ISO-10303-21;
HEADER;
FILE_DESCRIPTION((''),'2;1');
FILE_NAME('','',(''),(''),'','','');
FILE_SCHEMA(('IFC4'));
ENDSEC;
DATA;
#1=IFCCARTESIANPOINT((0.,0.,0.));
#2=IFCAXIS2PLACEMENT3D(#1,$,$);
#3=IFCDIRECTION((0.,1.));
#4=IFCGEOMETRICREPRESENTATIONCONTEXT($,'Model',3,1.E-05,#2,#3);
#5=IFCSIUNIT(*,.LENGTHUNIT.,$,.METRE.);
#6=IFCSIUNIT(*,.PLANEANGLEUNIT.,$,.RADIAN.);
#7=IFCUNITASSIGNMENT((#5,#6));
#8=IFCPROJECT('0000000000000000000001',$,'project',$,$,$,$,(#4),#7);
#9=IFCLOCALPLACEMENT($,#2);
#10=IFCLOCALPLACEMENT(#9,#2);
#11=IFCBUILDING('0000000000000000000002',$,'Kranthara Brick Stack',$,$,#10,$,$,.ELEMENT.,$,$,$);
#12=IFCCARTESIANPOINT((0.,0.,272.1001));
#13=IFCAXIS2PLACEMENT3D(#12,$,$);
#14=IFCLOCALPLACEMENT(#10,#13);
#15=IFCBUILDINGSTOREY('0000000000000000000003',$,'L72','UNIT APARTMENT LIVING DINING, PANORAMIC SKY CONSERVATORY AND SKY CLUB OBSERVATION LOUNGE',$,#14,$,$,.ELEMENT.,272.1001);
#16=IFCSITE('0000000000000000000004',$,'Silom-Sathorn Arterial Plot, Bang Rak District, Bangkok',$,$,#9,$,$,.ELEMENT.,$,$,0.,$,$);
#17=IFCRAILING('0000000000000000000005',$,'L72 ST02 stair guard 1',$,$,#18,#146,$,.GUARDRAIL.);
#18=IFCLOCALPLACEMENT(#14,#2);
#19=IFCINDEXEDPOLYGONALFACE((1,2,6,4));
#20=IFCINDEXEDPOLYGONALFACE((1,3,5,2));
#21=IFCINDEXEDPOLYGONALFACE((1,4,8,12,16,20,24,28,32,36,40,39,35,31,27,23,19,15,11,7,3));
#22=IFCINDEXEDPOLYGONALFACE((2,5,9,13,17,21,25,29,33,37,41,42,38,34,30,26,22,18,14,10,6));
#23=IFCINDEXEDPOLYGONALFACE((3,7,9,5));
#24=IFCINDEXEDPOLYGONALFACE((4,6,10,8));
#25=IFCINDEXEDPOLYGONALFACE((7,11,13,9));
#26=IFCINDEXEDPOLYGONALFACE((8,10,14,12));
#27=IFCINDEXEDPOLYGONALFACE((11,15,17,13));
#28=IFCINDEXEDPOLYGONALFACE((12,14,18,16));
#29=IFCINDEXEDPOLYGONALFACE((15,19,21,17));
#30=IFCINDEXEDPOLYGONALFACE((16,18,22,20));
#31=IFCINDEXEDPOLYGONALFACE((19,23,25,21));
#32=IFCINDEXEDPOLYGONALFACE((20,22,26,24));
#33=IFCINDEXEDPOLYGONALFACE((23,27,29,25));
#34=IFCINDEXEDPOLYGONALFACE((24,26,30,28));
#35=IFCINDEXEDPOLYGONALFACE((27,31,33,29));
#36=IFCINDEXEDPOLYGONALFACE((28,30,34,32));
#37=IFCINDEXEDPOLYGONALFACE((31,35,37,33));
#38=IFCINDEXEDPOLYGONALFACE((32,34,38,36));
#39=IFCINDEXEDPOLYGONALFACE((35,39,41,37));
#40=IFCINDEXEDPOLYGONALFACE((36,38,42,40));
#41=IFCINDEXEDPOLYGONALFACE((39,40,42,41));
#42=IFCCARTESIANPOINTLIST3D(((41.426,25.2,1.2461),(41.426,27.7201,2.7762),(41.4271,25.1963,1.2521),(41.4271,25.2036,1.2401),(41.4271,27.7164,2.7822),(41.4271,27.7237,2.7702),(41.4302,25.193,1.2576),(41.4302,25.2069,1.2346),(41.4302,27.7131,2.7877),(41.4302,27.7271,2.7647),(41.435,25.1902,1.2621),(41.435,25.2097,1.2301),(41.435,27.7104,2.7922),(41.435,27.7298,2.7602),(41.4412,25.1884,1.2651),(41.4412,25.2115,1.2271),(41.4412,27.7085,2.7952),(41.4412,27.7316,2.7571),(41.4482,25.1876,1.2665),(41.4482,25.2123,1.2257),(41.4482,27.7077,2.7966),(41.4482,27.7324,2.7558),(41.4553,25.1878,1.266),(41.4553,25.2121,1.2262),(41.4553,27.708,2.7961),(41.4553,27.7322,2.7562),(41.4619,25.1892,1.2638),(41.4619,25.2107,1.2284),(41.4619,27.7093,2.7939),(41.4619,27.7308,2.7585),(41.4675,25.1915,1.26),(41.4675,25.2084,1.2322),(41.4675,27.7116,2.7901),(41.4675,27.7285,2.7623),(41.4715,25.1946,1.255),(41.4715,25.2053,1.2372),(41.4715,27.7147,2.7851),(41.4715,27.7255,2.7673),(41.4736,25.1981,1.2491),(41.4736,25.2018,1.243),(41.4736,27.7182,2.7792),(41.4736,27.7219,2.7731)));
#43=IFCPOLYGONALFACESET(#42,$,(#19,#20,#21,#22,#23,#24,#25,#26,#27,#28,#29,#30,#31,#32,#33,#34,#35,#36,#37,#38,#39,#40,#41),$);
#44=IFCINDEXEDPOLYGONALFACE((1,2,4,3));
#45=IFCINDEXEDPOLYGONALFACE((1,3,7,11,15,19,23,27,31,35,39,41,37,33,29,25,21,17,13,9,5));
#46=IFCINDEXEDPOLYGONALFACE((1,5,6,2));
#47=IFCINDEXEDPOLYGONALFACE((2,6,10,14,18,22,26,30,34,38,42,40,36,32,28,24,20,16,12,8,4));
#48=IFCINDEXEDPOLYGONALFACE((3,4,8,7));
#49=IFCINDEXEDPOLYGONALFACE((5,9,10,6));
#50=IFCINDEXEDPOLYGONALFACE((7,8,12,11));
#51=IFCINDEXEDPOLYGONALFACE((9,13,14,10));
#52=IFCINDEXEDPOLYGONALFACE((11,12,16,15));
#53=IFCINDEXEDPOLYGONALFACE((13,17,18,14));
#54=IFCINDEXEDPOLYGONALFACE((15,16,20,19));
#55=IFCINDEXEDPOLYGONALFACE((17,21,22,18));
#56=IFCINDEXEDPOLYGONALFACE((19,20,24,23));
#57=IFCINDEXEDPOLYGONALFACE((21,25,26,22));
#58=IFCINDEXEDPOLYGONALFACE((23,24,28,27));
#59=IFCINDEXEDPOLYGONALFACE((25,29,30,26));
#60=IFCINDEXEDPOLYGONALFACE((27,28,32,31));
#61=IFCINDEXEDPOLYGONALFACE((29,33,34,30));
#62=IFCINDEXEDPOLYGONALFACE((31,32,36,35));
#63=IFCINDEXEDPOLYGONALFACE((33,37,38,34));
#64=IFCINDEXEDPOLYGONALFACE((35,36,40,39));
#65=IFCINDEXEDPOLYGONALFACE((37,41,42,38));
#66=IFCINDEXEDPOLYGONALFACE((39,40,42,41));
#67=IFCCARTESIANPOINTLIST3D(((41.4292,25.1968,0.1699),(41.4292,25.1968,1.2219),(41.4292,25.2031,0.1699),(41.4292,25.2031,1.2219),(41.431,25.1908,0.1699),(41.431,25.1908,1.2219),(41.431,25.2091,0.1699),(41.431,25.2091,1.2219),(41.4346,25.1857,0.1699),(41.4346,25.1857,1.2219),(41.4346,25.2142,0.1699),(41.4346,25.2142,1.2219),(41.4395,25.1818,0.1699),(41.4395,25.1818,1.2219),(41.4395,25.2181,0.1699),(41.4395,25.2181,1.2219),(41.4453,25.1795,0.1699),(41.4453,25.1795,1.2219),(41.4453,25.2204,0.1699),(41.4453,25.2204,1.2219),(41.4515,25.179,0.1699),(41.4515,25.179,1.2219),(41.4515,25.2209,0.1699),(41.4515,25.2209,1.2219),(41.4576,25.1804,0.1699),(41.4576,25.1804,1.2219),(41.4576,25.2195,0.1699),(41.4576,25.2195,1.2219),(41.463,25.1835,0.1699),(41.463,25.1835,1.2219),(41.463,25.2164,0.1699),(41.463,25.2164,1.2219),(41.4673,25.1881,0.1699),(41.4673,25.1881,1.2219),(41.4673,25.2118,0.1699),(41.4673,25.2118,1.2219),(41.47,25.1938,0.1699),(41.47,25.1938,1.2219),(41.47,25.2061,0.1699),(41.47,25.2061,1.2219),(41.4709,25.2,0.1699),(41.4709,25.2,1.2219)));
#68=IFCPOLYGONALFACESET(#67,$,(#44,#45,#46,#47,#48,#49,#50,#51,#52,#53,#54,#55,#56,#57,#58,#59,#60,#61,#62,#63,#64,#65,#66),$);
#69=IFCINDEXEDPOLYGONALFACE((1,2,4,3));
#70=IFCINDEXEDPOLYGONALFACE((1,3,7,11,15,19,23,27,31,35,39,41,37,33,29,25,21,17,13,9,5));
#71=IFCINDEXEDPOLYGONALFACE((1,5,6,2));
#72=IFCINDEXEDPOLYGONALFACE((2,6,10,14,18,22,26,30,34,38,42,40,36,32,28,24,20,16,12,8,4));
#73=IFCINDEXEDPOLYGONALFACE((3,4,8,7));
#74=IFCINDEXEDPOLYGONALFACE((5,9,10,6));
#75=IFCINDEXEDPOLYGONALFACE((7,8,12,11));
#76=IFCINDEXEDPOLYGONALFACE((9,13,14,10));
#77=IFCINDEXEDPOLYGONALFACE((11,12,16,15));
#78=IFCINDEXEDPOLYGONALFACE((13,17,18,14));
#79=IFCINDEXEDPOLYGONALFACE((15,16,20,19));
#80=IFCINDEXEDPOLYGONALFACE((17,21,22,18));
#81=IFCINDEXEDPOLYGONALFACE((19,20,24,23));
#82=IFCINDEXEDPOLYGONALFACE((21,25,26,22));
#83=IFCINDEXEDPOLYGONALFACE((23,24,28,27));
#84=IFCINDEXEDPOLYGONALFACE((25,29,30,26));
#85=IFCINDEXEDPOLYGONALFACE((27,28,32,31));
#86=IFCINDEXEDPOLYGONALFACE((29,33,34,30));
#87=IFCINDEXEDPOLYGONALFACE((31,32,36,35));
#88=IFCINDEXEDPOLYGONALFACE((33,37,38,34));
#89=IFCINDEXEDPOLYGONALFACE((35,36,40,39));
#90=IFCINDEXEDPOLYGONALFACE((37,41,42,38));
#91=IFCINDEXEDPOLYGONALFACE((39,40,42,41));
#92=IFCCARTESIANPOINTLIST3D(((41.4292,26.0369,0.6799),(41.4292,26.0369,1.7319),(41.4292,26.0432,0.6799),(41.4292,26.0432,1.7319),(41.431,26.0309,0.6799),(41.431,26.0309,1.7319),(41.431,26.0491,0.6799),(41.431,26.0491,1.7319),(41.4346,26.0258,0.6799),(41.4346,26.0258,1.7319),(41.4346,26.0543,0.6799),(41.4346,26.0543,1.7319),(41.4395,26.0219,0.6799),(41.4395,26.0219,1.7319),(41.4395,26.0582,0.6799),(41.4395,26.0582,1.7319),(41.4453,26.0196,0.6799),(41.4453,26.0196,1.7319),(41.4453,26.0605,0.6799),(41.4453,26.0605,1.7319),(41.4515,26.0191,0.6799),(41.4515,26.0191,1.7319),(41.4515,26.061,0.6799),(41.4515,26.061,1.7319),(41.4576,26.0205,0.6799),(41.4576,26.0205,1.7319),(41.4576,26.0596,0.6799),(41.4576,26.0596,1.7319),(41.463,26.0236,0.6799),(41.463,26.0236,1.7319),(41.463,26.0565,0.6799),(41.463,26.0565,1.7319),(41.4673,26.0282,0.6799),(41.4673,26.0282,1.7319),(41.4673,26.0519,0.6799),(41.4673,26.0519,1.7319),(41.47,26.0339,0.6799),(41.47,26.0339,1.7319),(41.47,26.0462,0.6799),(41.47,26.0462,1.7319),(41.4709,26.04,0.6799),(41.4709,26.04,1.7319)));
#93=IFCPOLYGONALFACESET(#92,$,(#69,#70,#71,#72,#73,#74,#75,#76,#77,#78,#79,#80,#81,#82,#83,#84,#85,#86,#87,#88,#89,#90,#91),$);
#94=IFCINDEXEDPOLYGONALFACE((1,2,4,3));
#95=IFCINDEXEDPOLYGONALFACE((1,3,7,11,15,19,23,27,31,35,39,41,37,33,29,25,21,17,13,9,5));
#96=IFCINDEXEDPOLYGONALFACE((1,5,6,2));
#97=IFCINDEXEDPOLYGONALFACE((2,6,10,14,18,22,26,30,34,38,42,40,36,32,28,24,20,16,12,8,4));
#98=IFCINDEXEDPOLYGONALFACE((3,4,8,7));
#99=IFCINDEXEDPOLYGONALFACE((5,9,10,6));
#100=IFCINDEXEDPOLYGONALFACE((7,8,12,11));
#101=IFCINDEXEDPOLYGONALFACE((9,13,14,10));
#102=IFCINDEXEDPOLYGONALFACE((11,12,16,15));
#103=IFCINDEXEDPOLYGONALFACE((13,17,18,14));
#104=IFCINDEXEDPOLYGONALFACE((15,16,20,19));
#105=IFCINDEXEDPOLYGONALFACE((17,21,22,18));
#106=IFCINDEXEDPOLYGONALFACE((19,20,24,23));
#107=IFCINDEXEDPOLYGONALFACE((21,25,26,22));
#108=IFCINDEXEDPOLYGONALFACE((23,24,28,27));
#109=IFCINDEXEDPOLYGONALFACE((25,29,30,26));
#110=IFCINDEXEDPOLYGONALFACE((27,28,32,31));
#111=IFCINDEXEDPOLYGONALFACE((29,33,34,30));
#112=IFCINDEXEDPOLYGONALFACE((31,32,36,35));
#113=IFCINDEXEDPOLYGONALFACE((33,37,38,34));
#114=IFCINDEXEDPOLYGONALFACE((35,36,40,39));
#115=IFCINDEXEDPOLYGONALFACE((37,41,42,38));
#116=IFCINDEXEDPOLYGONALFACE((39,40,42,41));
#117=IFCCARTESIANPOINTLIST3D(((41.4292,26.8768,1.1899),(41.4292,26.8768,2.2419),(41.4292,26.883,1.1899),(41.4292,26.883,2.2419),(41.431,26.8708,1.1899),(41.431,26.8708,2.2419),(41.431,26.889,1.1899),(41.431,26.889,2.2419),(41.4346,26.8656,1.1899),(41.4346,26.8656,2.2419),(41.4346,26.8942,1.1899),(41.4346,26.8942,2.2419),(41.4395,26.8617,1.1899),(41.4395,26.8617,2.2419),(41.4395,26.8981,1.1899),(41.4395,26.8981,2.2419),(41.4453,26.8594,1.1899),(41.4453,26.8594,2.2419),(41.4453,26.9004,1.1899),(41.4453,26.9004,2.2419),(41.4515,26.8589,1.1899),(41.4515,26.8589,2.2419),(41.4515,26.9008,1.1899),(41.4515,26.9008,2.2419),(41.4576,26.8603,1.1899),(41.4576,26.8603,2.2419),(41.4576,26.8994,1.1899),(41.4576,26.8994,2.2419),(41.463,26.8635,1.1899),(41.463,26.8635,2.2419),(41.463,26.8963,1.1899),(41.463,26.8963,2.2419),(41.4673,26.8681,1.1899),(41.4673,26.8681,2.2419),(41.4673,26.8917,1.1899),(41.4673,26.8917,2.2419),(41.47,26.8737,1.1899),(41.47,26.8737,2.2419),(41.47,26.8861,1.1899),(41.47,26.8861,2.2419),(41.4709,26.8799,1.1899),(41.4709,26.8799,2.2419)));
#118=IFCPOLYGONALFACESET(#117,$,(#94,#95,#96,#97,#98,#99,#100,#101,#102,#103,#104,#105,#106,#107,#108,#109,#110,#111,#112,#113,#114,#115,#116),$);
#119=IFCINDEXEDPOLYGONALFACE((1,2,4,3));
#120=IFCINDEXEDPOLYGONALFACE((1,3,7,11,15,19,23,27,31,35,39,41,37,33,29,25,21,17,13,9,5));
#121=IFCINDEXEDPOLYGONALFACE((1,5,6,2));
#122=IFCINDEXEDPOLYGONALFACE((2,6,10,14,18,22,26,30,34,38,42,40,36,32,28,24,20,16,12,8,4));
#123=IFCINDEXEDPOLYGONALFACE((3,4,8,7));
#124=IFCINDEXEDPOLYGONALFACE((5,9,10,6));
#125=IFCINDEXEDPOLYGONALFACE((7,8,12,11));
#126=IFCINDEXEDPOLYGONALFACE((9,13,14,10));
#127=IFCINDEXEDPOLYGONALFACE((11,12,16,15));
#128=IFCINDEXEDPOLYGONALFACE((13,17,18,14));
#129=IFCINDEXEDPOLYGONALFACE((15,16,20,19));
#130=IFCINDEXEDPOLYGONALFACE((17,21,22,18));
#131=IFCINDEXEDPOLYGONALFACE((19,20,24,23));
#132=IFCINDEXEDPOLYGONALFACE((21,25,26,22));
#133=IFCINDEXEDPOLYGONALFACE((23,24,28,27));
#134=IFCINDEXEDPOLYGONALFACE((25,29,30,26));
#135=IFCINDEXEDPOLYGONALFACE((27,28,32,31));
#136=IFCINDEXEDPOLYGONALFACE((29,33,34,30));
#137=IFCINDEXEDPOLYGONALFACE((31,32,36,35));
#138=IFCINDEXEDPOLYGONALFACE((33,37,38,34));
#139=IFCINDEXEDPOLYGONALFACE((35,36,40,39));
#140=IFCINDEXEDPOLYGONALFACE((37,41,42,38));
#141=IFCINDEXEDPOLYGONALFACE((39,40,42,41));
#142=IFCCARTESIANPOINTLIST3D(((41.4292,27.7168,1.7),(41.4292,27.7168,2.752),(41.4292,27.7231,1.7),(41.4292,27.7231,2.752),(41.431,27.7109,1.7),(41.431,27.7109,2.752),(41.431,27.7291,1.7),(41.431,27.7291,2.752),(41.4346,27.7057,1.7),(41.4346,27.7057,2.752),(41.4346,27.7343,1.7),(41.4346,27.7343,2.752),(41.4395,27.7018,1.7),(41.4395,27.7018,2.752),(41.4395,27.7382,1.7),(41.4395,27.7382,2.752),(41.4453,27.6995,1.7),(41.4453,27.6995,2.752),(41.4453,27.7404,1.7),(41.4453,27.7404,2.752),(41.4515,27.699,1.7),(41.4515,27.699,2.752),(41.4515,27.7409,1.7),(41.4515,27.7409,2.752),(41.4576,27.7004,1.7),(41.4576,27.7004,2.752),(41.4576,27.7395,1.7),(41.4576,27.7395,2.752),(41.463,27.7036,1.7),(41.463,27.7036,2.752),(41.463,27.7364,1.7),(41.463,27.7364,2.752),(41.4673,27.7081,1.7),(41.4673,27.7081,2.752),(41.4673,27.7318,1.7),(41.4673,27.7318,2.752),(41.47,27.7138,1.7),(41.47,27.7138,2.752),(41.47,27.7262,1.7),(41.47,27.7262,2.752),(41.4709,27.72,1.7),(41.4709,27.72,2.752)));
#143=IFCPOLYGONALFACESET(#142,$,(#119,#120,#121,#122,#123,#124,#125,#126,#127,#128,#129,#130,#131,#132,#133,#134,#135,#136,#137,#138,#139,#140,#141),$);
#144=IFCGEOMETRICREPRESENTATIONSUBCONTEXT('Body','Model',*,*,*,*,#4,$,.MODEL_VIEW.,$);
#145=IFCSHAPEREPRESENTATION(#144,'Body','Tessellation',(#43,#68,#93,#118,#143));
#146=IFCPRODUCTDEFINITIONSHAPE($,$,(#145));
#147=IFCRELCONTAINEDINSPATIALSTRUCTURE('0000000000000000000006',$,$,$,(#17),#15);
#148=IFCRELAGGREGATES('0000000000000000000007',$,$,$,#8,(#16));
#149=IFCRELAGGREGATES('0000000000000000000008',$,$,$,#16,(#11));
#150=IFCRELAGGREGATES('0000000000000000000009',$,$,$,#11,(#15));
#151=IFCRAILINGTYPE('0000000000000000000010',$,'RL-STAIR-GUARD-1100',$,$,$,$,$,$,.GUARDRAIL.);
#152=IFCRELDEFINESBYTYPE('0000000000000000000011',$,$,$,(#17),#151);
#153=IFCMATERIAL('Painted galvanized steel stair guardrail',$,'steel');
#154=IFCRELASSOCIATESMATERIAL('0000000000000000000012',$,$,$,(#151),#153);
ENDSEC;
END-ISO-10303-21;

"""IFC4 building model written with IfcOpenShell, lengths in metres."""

from ifc_helpers import new_model, si_unit, direction, frame, origin, origin_2d, place, context, subcontext, project, spatial, circle, extrude, material, type_object, element, save


model = new_model("IFC4")

# Units and contexts
model_context = context("Model", 3, precision=1e-05, world=origin(), true_north=direction((0.0, 1.0)))
body_context = subcontext(model_context, "Body", "Model", "MODEL_VIEW")
ifc_project = project(units=[si_unit("LENGTHUNIT", "METRE"), si_unit("PLANEANGLEUNIT", "RADIAN")], contexts=[model_context])

# Site, building, storey
site_placement = place(None, origin())
site = spatial("IfcSite", under=ifc_project, at=site_placement, Name="Silom-Sathorn Arterial Plot, Bang Rak District, Bangkok", CompositionType="ELEMENT", RefElevation=0.0)
building_placement = place(site_placement, origin())
building = spatial("IfcBuilding", under=site, at=building_placement, Name="Kranthara Brick Stack", CompositionType="ELEMENT")
storey_placement = place(building_placement, frame((0.0, 0.0, 272.1001)))
storey = spatial("IfcBuildingStorey", under=building, at=storey_placement, Name="L72", Description="UNIT APARTMENT LIVING DINING, PANORAMIC SKY CONSERVATORY AND SKY CLUB OBSERVATION LOUNGE", CompositionType="ELEMENT", Elevation=272.1001)

# Railing
ifc_material_1 = material(Name="Painted galvanized steel stair guardrail", Category="steel")
railing_type_1 = type_object("IfcRailingType", Name="RL-STAIR-GUARD-1100", PredefinedType="GUARDRAIL", material=ifc_material_1)
railing_1_placement = place(storey_placement, frame((41.45, 25.2, 0.1699)))
element("IfcRailing", 1, at=railing_1_placement, inside=storey, type_object=railing_type_1, Name="L72 ST02 stair guard 1", PredefinedType="GUARDRAIL", context=body_context, shape_type="SweptSolid", body=[
    extrude(circle(Radius=0.0239, at=origin_2d()), frame((0.0, 0.0, 1.0762), z_axis=(0.0, 0.854785, 0.518982), x_axis=(-1.0, 0.0, 0.0)), (0.0, 0.0, 1.0), 2.9482),
    extrude(circle(Radius=0.021, at=origin_2d()), origin(), (0.0, 0.0, 1.0), 1.052),
    extrude(circle(Radius=0.021, at=origin_2d()), frame((0.0, 0.8401, 0.51)), (0.0, 0.0, 1.0), 1.052),
    extrude(circle(Radius=0.021, at=origin_2d()), frame((0.0, 1.6799, 1.02)), (0.0, 0.0, 1.0), 1.052),
    extrude(circle(Radius=0.021, at=origin_2d()), frame((0.0, 2.52, 1.53)), (0.0, 0.0, 1.0), 1.052),
])

save(model, "model.ifc")
